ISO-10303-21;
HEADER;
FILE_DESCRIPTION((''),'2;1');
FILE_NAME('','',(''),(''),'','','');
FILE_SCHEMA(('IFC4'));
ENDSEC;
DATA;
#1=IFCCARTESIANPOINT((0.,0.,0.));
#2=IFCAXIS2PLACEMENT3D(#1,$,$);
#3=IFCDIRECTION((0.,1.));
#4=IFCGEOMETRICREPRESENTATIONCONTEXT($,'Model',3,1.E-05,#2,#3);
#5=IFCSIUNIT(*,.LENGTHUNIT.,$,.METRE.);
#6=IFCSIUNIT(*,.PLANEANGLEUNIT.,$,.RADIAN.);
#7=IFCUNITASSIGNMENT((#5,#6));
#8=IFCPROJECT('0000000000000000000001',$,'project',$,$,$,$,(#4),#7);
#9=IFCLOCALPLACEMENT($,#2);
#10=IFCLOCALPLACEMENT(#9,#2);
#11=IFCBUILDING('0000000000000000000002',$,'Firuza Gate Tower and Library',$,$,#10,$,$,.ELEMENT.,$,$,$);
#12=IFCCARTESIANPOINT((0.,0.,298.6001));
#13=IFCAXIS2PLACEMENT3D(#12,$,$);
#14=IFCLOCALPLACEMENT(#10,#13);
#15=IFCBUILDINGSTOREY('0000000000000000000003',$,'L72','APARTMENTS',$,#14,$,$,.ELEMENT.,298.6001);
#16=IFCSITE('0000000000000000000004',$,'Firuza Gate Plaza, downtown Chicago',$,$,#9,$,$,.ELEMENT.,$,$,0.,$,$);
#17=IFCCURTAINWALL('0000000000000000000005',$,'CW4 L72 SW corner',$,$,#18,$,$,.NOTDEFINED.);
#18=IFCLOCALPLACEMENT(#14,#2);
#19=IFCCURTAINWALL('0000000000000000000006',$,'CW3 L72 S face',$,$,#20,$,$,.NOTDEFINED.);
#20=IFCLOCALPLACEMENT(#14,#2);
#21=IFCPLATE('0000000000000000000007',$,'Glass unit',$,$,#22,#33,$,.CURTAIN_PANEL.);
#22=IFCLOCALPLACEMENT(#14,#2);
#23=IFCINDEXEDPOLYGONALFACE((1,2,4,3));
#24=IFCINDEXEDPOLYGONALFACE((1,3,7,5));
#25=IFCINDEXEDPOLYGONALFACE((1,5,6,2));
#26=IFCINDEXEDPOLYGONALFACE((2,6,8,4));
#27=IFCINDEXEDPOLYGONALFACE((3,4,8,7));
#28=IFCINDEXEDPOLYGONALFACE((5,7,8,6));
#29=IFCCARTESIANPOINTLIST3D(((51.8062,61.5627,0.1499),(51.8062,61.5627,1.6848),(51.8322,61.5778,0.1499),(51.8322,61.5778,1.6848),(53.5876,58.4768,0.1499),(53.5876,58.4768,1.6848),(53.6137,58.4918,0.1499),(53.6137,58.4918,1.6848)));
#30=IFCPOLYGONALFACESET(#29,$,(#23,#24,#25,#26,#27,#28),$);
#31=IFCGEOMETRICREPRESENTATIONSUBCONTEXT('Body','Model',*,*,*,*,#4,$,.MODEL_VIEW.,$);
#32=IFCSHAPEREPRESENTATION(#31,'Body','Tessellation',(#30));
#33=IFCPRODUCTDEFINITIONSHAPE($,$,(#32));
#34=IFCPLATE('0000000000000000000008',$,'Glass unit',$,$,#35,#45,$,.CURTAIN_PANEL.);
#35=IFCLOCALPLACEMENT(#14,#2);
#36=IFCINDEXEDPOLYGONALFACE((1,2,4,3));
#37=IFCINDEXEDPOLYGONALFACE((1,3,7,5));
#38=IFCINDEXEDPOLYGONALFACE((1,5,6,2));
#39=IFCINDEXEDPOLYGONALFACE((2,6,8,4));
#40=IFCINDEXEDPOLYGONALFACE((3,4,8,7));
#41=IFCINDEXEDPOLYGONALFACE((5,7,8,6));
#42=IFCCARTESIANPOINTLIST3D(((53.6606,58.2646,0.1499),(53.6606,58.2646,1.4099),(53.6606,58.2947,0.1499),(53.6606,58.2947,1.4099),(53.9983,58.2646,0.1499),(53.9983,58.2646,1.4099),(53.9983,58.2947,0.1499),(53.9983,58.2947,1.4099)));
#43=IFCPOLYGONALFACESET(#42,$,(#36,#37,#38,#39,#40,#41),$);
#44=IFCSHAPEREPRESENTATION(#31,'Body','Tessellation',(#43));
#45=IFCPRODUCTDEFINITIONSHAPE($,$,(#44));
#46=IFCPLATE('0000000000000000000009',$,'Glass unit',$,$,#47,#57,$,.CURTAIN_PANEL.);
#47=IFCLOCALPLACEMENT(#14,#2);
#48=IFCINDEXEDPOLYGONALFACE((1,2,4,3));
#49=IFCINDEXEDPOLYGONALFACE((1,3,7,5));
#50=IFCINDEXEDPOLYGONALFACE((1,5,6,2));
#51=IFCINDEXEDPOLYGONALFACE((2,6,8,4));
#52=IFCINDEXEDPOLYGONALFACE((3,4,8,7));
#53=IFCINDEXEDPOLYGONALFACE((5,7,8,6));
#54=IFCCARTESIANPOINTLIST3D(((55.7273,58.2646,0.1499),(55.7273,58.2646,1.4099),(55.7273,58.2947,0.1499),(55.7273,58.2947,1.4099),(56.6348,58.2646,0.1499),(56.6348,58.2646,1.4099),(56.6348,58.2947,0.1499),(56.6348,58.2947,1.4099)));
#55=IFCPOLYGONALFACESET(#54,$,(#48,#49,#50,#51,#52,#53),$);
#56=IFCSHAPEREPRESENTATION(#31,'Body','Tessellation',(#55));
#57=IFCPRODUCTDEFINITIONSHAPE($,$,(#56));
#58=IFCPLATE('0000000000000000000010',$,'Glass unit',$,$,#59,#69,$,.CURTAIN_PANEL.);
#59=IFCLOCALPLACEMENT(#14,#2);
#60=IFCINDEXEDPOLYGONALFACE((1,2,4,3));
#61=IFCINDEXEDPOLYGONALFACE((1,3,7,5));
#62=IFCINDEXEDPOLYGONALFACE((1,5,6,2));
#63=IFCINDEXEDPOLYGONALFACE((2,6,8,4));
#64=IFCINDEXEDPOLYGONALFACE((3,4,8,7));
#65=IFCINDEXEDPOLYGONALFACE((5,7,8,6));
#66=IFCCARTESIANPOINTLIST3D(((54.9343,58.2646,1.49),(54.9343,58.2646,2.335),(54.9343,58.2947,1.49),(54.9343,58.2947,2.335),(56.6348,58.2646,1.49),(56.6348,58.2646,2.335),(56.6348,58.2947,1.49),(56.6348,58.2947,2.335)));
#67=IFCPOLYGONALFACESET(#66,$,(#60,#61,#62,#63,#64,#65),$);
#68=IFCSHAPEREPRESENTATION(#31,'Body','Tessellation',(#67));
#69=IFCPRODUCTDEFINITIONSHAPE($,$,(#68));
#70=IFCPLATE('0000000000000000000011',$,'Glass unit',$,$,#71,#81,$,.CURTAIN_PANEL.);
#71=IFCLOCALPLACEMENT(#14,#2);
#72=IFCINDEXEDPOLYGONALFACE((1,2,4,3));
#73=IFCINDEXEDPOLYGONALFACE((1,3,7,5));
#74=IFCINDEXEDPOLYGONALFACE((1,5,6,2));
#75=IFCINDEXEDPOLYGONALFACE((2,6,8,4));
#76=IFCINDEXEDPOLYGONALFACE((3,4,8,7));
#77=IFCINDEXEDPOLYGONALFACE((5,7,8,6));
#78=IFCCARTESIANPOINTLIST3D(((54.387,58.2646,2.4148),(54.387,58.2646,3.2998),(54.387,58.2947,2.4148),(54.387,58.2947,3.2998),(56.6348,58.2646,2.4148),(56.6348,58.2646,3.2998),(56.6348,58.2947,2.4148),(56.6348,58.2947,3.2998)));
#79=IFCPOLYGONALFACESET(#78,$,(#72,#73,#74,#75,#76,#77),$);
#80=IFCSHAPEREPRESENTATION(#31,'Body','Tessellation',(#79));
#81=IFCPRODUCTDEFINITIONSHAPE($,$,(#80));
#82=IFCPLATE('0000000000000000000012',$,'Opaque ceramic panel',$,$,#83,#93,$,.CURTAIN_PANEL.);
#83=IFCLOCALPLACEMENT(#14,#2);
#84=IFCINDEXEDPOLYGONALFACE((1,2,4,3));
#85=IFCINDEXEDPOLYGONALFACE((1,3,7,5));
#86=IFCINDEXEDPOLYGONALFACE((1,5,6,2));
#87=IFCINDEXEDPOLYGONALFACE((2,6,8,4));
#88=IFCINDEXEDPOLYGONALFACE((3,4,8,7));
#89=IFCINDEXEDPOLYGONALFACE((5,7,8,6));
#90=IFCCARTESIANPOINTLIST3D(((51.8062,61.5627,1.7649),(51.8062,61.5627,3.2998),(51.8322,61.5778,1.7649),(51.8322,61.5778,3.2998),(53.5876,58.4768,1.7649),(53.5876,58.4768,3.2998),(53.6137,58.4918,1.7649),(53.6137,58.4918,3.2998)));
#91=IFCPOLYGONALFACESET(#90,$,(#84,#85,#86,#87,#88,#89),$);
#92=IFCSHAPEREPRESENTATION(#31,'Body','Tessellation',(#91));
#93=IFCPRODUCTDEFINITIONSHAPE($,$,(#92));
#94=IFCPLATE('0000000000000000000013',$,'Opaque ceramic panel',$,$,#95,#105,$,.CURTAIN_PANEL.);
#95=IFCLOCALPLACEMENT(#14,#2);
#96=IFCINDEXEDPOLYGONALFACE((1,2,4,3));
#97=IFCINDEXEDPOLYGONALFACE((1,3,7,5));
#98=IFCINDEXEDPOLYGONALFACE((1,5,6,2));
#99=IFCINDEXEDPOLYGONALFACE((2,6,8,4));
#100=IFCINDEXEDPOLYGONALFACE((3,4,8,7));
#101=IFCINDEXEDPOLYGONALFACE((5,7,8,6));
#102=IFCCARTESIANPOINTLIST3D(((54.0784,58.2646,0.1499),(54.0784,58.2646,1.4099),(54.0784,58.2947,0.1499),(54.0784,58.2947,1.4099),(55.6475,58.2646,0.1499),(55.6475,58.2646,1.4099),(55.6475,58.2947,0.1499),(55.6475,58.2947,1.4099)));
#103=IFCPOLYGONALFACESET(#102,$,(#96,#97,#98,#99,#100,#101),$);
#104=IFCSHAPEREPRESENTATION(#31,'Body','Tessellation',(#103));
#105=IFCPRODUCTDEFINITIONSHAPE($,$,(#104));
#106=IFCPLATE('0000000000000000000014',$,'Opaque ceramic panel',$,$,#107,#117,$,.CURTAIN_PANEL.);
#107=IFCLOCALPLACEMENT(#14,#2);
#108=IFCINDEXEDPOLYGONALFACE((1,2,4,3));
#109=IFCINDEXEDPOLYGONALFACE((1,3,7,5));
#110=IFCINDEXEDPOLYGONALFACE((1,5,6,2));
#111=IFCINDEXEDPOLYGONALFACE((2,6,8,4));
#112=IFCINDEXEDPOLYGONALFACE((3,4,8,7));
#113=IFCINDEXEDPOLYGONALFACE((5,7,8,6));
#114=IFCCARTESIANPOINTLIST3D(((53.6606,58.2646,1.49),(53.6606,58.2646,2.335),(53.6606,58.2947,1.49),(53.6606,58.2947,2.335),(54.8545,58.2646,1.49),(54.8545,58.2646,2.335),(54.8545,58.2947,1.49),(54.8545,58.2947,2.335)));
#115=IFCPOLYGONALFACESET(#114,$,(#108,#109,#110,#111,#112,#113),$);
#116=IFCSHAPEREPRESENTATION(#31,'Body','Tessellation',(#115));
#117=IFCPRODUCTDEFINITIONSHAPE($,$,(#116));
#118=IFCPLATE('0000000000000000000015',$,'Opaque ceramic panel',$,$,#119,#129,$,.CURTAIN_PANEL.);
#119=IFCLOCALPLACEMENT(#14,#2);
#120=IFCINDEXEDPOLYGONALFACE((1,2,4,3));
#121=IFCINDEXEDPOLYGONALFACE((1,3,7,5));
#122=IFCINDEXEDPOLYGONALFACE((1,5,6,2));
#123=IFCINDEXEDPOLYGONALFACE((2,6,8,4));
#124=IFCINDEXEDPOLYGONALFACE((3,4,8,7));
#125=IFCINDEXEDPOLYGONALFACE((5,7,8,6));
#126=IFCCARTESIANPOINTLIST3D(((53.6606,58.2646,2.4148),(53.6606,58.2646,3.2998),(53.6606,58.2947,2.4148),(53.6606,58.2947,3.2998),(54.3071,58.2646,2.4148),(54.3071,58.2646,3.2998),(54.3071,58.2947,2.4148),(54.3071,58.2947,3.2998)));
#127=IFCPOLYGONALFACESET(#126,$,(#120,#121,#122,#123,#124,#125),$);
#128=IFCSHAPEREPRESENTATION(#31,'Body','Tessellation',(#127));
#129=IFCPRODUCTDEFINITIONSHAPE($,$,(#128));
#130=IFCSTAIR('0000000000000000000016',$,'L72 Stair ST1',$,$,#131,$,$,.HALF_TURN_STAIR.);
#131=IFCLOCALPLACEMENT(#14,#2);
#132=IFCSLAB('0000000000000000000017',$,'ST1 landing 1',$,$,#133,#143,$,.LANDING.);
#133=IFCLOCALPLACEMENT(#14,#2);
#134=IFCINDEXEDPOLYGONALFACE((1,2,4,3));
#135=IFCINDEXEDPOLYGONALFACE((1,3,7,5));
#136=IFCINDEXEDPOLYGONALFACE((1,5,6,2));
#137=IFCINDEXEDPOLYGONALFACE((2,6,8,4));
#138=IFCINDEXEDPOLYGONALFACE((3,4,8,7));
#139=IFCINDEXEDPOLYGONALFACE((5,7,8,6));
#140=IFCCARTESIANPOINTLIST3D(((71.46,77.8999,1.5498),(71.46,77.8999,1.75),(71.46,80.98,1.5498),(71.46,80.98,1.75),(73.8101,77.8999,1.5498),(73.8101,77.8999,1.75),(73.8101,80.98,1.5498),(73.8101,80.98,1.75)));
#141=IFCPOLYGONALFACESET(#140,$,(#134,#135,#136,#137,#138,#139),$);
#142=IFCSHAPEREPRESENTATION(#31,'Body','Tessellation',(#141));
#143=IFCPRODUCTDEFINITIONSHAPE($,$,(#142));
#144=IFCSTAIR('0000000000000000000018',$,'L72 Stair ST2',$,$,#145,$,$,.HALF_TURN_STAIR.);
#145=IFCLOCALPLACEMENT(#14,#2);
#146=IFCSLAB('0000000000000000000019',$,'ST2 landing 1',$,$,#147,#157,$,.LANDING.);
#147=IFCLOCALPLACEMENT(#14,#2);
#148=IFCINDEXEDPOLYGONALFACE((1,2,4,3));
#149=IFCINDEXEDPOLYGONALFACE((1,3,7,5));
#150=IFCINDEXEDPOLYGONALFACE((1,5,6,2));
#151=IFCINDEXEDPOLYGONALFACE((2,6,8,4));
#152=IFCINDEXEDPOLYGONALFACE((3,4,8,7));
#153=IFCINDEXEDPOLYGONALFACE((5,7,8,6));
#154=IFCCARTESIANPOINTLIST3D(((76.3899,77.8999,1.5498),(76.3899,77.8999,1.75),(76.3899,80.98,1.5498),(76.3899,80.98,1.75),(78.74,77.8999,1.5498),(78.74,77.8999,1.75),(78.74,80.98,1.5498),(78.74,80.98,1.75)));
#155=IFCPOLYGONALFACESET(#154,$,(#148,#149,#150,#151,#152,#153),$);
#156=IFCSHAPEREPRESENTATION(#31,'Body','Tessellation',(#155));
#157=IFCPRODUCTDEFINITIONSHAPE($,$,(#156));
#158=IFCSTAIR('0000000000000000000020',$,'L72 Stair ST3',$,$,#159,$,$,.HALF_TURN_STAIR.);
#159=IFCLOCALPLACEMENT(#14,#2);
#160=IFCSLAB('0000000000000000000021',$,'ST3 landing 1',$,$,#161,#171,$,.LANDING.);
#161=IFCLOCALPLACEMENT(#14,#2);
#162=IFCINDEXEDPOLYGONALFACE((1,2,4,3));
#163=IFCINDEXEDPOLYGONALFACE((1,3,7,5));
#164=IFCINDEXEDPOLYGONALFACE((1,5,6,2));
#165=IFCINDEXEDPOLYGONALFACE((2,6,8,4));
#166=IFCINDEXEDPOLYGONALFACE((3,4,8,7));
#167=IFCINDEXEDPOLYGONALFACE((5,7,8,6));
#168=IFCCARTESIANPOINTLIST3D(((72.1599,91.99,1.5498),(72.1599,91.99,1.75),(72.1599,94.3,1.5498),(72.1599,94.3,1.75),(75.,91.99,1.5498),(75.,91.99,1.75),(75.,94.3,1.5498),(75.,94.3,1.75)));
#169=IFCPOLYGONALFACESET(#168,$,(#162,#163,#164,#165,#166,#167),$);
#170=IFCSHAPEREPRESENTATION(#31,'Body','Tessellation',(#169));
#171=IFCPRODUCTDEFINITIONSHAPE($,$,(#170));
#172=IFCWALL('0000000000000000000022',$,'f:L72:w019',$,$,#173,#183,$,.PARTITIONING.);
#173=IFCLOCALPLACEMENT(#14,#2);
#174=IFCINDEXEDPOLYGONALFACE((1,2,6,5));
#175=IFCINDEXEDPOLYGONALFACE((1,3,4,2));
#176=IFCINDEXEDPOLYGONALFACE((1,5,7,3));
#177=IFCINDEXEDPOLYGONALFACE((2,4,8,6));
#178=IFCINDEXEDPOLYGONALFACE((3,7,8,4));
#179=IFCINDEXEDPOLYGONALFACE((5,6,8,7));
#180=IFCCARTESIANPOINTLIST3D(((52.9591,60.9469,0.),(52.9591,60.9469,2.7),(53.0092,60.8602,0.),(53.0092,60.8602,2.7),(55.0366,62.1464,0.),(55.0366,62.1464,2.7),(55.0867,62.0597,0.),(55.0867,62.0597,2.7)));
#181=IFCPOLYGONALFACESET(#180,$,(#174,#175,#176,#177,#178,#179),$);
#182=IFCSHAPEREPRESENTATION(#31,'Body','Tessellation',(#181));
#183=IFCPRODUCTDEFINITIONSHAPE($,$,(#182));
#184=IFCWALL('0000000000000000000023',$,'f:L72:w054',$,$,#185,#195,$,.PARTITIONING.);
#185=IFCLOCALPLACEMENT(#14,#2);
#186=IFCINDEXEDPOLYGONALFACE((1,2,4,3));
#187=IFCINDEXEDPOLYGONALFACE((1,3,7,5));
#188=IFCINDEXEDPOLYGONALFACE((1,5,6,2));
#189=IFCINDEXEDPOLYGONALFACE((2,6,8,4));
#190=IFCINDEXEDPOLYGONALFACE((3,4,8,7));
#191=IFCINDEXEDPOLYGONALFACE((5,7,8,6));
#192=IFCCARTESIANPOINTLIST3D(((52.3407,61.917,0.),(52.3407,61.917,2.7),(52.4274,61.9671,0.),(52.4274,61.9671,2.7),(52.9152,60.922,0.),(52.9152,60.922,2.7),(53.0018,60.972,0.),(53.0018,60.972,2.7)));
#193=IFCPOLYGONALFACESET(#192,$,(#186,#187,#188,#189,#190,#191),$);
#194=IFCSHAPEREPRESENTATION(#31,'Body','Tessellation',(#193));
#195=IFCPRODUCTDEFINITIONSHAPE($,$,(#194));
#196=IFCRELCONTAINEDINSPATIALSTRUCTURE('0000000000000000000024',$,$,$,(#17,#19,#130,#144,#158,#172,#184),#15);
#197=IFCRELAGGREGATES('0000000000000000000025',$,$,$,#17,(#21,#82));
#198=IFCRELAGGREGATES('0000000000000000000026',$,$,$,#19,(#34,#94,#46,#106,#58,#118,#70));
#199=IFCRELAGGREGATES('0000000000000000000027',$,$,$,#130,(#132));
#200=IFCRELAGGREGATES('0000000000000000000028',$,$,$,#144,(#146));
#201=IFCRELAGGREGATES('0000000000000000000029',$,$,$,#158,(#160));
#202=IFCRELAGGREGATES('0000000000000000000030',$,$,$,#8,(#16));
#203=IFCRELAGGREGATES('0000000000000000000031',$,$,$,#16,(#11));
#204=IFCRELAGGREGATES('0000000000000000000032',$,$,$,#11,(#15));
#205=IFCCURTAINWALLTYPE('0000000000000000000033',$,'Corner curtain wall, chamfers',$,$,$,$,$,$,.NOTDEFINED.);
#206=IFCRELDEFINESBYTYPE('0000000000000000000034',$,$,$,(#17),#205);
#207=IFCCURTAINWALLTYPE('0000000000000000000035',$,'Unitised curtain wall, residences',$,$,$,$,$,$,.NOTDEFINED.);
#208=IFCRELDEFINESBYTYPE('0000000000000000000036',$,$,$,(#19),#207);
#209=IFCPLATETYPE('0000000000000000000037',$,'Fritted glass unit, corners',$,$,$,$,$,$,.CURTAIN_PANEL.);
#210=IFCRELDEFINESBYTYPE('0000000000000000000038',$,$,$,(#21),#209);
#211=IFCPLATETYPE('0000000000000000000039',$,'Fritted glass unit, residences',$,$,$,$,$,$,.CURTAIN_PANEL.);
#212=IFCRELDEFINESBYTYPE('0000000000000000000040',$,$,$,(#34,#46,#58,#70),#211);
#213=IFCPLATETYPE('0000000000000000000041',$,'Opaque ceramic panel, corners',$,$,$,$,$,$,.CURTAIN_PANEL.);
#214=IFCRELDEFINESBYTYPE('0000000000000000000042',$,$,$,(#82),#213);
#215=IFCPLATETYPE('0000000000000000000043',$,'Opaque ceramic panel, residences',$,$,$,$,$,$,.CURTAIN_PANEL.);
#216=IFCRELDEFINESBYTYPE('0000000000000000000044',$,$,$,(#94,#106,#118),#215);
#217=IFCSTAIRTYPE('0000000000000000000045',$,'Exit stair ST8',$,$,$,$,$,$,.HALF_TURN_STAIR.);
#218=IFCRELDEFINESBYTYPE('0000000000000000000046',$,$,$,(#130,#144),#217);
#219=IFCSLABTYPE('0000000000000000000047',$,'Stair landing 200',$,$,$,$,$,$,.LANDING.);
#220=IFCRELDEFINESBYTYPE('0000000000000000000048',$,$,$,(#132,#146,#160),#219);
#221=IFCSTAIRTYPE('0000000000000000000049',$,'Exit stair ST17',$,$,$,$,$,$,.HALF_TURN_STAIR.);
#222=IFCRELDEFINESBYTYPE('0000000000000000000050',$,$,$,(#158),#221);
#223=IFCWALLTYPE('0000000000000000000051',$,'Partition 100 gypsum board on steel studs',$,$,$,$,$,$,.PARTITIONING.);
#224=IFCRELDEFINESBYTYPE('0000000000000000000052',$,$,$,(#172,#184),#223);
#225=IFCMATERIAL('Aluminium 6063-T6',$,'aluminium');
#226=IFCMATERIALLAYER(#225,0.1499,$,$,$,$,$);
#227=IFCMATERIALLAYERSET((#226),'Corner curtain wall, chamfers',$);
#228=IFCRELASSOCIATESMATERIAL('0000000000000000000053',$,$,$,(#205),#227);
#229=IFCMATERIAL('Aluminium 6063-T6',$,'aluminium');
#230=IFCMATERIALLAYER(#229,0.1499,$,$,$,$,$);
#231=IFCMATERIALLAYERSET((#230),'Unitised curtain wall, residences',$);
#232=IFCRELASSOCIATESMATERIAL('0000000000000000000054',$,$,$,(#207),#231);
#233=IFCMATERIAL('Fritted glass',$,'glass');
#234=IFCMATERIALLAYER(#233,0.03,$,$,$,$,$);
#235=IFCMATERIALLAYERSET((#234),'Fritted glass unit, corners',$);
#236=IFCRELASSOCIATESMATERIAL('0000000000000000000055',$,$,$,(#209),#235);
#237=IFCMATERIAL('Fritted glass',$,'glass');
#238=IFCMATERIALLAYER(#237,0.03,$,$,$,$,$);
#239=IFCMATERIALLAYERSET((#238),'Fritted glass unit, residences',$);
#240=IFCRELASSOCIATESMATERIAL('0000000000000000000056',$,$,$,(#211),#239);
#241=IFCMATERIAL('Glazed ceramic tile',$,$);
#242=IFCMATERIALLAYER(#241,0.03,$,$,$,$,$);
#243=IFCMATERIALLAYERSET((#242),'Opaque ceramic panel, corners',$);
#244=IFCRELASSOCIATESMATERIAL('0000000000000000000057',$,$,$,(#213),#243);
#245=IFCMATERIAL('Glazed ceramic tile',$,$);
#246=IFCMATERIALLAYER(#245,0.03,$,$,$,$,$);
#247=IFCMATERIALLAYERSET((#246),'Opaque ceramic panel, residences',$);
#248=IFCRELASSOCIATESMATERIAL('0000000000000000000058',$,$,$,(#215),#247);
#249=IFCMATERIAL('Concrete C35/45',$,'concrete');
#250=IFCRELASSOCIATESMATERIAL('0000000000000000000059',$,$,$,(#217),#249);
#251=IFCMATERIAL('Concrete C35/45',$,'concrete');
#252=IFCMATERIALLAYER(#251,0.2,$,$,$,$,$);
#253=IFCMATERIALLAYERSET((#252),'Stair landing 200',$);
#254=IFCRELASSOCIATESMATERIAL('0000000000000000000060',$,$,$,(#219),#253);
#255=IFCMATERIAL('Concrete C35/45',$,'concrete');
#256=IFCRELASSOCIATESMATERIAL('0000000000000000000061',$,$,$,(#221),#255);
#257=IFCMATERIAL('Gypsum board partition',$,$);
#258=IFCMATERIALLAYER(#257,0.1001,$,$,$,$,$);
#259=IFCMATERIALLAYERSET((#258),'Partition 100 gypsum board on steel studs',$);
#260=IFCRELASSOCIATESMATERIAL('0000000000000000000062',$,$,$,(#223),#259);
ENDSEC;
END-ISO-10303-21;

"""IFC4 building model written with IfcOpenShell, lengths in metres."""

from ifc_helpers import new_model, si_unit, direction, frame, frame_2d, origin, place, context, subcontext, project, spatial, polyline, rectangle, outline, extrude, material, layer, layer_set, type_object, element, aggregate, save


model = new_model("IFC4")

# Units and contexts
model_context = context("Model", 3, precision=1e-05, world=origin(), true_north=direction((0.0, 1.0)))
body_context = subcontext(model_context, "Body", "Model", "MODEL_VIEW")
ifc_project = project(units=[si_unit("LENGTHUNIT", "METRE"), si_unit("PLANEANGLEUNIT", "RADIAN")], contexts=[model_context])

# Site, building, storey
site_placement = place(None, origin())
site = spatial("IfcSite", under=ifc_project, at=site_placement, Name="Firuza Gate Plaza, downtown Chicago", CompositionType="ELEMENT", RefElevation=0.0)
building_placement = place(site_placement, origin())
building = spatial("IfcBuilding", under=site, at=building_placement, Name="Firuza Gate Tower and Library", CompositionType="ELEMENT")
storey_placement = place(building_placement, frame((0.0, 0.0, 298.6001)))
storey = spatial("IfcBuildingStorey", under=building, at=storey_placement, Name="L72", Description="APARTMENTS", CompositionType="ELEMENT", Elevation=298.6001)

# Curtain wall
ifc_material_1 = material(Name="Aluminium 6063-T6", Category="aluminium")
ifc_layer_1 = layer(ifc_material_1, 0.1499)
ifc_layer_set_1 = layer_set([ifc_layer_1], Name="Corner curtain wall, chamfers")
curtain_wall_type_1 = type_object("IfcCurtainWallType", Name="Corner curtain wall, chamfers", PredefinedType="NOTDEFINED", material=ifc_layer_set_1)
placement_1 = place(storey_placement, origin())
curtain_wall_1 = element("IfcCurtainWall", 1, at=placement_1, inside=storey, type_object=curtain_wall_type_1, Name="CW4 L72 SW corner", PredefinedType="NOTDEFINED")

# Curtain wall
ifc_material_2 = material(Name="Aluminium 6063-T6", Category="aluminium")
ifc_layer_2 = layer(ifc_material_2, 0.1499)
ifc_layer_set_2 = layer_set([ifc_layer_2], Name="Unitised curtain wall, residences")
curtain_wall_type_2 = type_object("IfcCurtainWallType", Name="Unitised curtain wall, residences", PredefinedType="NOTDEFINED", material=ifc_layer_set_2)
curtain_wall_2 = element("IfcCurtainWall", 2, at=placement_1, inside=storey, type_object=curtain_wall_type_2, Name="CW3 L72 S face", PredefinedType="NOTDEFINED")

# Plates
ifc_material_3 = material(Name="Fritted glass", Category="glass")
ifc_layer_3 = layer(ifc_material_3, 0.03)
ifc_layer_set_3 = layer_set([ifc_layer_3], Name="Fritted glass unit, corners")
plate_type_1 = type_object("IfcPlateType", Name="Fritted glass unit, corners", PredefinedType="CURTAIN_PANEL", material=ifc_layer_set_3)
plate_1_placement = place(storey_placement, frame((51.8062, 61.5627, 0.1499), z_axis=(-0.866046, -0.499964, 0.0), x_axis=(0.499964, -0.866046, 0.0)))
plate_1 = element("IfcPlate", 3, at=plate_1_placement, type_object=plate_type_1, Name="Glass unit", PredefinedType="CURTAIN_PANEL", context=body_context, shape_type="SweptSolid", body=[
    extrude(outline(polyline([(0.0, 0.0), (3.5632, 0.0), (3.5632, 1.5349), (0.0, 1.5349), (0.0, 0.0)])), origin(), (0.0, 0.0, -1.0), 0.03),
])
ifc_material_4 = material(Name="Fritted glass", Category="glass")
ifc_layer_4 = layer(ifc_material_4, 0.03)
ifc_layer_set_4 = layer_set([ifc_layer_4], Name="Fritted glass unit, residences")
plate_type_2 = type_object("IfcPlateType", Name="Fritted glass unit, residences", PredefinedType="CURTAIN_PANEL", material=ifc_layer_set_4)
plate_2_placement = place(storey_placement, frame((53.6606, 58.2646, 0.1499), z_axis=(0.0, -1.0, 0.0), x_axis=(1.0, 0.0, 0.0)))
plate_2 = element("IfcPlate", 4, at=plate_2_placement, type_object=plate_type_2, Name="Glass unit", PredefinedType="CURTAIN_PANEL", context=body_context, shape_type="SweptSolid", body=[
    extrude(outline(polyline([(0.0, 0.0), (0.3376, 0.0), (0.3376, 1.26), (0.0, 1.26), (0.0, 0.0)])), origin(), (0.0, 0.0, -1.0), 0.03),
])
plate_3_placement = place(storey_placement, frame((55.7273, 58.2646, 0.1499), z_axis=(0.0, -1.0, 0.0), x_axis=(1.0, 0.0, 0.0)))
plate_3 = element("IfcPlate", 5, at=plate_3_placement, type_object=plate_type_2, Name="Glass unit", PredefinedType="CURTAIN_PANEL", context=body_context, shape_type="SweptSolid", body=[
    extrude(outline(polyline([(0.0, 0.0), (0.9075, 0.0), (0.9075, 1.26), (0.0, 1.26), (0.0, 0.0)])), origin(), (0.0, 0.0, -1.0), 0.03),
])
plate_4_placement = place(storey_placement, frame((54.9343, 58.2646, 1.49), z_axis=(0.0, -1.0, 0.0), x_axis=(1.0, 0.0, 0.0)))
plate_4 = element("IfcPlate", 6, at=plate_4_placement, type_object=plate_type_2, Name="Glass unit", PredefinedType="CURTAIN_PANEL", context=body_context, shape_type="SweptSolid", body=[
    extrude(outline(polyline([(0.0, 0.0), (1.7004, 0.0), (1.7004, 0.845), (0.0, 0.845), (0.0, 0.0)])), origin(), (0.0, 0.0, -1.0), 0.03),
])
plate_5_placement = place(storey_placement, frame((54.387, 58.2646, 2.4148), z_axis=(0.0, -1.0, 0.0), x_axis=(1.0, 0.0, 0.0)))
plate_5 = element("IfcPlate", 7, at=plate_5_placement, type_object=plate_type_2, Name="Glass unit", PredefinedType="CURTAIN_PANEL", context=body_context, shape_type="SweptSolid", body=[
    extrude(outline(polyline([(0.0, 0.0), (2.2478, 0.0), (2.2478, 0.885), (0.0, 0.885), (0.0, 0.0)])), origin(), (0.0, 0.0, -1.0), 0.03),
])
ifc_material_5 = material(Name="Glazed ceramic tile")
ifc_layer_5 = layer(ifc_material_5, 0.03)
ifc_layer_set_5 = layer_set([ifc_layer_5], Name="Opaque ceramic panel, corners")
plate_type_3 = type_object("IfcPlateType", Name="Opaque ceramic panel, corners", PredefinedType="CURTAIN_PANEL", material=ifc_layer_set_5)
plate_6_placement = place(storey_placement, frame((51.8062, 61.5627, 1.7649), z_axis=(-0.866046, -0.499964, 0.0), x_axis=(0.499964, -0.866046, 0.0)))
plate_6 = element("IfcPlate", 8, at=plate_6_placement, type_object=plate_type_3, Name="Opaque ceramic panel", PredefinedType="CURTAIN_PANEL", context=body_context, shape_type="SweptSolid", body=[
    extrude(outline(polyline([(0.0, 0.0), (3.5632, 0.0), (3.5632, 1.5349), (0.0, 1.5349), (0.0, 0.0)])), origin(), (0.0, 0.0, -1.0), 0.03),
])
aggregate(curtain_wall_1, [plate_1, plate_6])
ifc_material_6 = material(Name="Glazed ceramic tile")
ifc_layer_6 = layer(ifc_material_6, 0.03)
ifc_layer_set_6 = layer_set([ifc_layer_6], Name="Opaque ceramic panel, residences")
plate_type_4 = type_object("IfcPlateType", Name="Opaque ceramic panel, residences", PredefinedType="CURTAIN_PANEL", material=ifc_layer_set_6)
plate_7_placement = place(storey_placement, frame((54.0784, 58.2646, 0.1499), z_axis=(0.0, -1.0, 0.0), x_axis=(1.0, 0.0, 0.0)))
plate_7 = element("IfcPlate", 9, at=plate_7_placement, type_object=plate_type_4, Name="Opaque ceramic panel", PredefinedType="CURTAIN_PANEL", context=body_context, shape_type="SweptSolid", body=[
    extrude(outline(polyline([(0.0, 0.0), (1.5691, 0.0), (1.5691, 1.26), (0.0, 1.26), (0.0, 0.0)])), origin(), (0.0, 0.0, -1.0), 0.03),
])
plate_8_placement = place(storey_placement, frame((53.6606, 58.2646, 1.49), z_axis=(0.0, -1.0, 0.0), x_axis=(1.0, 0.0, 0.0)))
plate_8 = element("IfcPlate", 10, at=plate_8_placement, type_object=plate_type_4, Name="Opaque ceramic panel", PredefinedType="CURTAIN_PANEL", context=body_context, shape_type="SweptSolid", body=[
    extrude(outline(polyline([(0.0, 0.0), (1.1938, 0.0), (1.1938, 0.845), (0.0, 0.845), (0.0, 0.0)])), origin(), (0.0, 0.0, -1.0), 0.03),
])
plate_9_placement = place(storey_placement, frame((53.6606, 58.2646, 2.4148), z_axis=(0.0, -1.0, 0.0), x_axis=(1.0, 0.0, 0.0)))
plate_9 = element("IfcPlate", 11, at=plate_9_placement, type_object=plate_type_4, Name="Opaque ceramic panel", PredefinedType="CURTAIN_PANEL", context=body_context, shape_type="SweptSolid", body=[
    extrude(outline(polyline([(0.0, 0.0), (0.6465, 0.0), (0.6465, 0.885), (0.0, 0.885), (0.0, 0.0)])), origin(), (0.0, 0.0, -1.0), 0.03),
])
aggregate(curtain_wall_2, [plate_2, plate_7, plate_3, plate_8, plate_4, plate_9, plate_5])

# Stairs, slabs
ifc_material_7 = material(Name="Concrete C35/45", Category="concrete")
stair_type_1 = type_object("IfcStairType", Name="Exit stair ST8", PredefinedType="HALF_TURN_STAIR", material=ifc_material_7)
stair_1 = element("IfcStair", 12, at=placement_1, inside=storey, type_object=stair_type_1, Name="L72 Stair ST1", PredefinedType="HALF_TURN_STAIR")
ifc_material_8 = material(Name="Concrete C35/45", Category="concrete")
ifc_layer_7 = layer(ifc_material_8, 0.2)
ifc_layer_set_7 = layer_set([ifc_layer_7], Name="Stair landing 200")
slab_type_1 = type_object("IfcSlabType", Name="Stair landing 200", PredefinedType="LANDING", material=ifc_layer_set_7)
placement_2 = place(storey_placement, frame((0.0, 0.0, 1.5498)))
slab_1 = element("IfcSlab", 13, at=placement_2, type_object=slab_type_1, Name="ST1 landing 1", PredefinedType="LANDING", context=body_context, shape_type="SweptSolid", body=[
    extrude(outline(polyline([(71.46, 77.8999), (73.8101, 77.8999), (73.8101, 80.98), (71.46, 80.98), (71.46, 77.8999)])), origin(), (0.0, 0.0, 1.0), 0.2002),
])
aggregate(stair_1, [slab_1])
stair_2 = element("IfcStair", 14, at=placement_1, inside=storey, type_object=stair_type_1, Name="L72 Stair ST2", PredefinedType="HALF_TURN_STAIR")
slab_2 = element("IfcSlab", 15, at=placement_2, type_object=slab_type_1, Name="ST2 landing 1", PredefinedType="LANDING", context=body_context, shape_type="SweptSolid", body=[
    extrude(outline(polyline([(78.74, 80.98), (76.3899, 80.98), (76.3899, 77.8999), (78.74, 77.8999), (78.74, 80.98)])), origin(), (0.0, 0.0, 1.0), 0.2002),
])
aggregate(stair_2, [slab_2])
ifc_material_9 = material(Name="Concrete C35/45", Category="concrete")
stair_type_2 = type_object("IfcStairType", Name="Exit stair ST17", PredefinedType="HALF_TURN_STAIR", material=ifc_material_9)
stair_3 = element("IfcStair", 16, at=placement_1, inside=storey, type_object=stair_type_2, Name="L72 Stair ST3", PredefinedType="HALF_TURN_STAIR")
slab_3 = element("IfcSlab", 17, at=placement_2, type_object=slab_type_1, Name="ST3 landing 1", PredefinedType="LANDING", context=body_context, shape_type="SweptSolid", body=[
    extrude(outline(polyline([(75.0, 91.99), (75.0, 94.3), (72.1599, 94.3), (72.1599, 91.99), (75.0, 91.99)])), origin(), (0.0, 0.0, 1.0), 0.2002),
])
aggregate(stair_3, [slab_3])

# Walls
ifc_material_10 = material(Name="Gypsum board partition")
ifc_layer_8 = layer(ifc_material_10, 0.1001)
ifc_layer_set_8 = layer_set([ifc_layer_8], Name="Partition 100 gypsum board on steel studs")
wall_type_1 = type_object("IfcWallType", Name="Partition 100 gypsum board on steel studs", PredefinedType="PARTITIONING", material=ifc_layer_set_8)
wall_1_placement = place(storey_placement, frame((52.9841, 60.9036, 0.0), z_axis=(0.0, 0.0, 1.0), x_axis=(0.866011, 0.500025, 0.0)))
element("IfcWall", 18, at=wall_1_placement, inside=storey, type_object=wall_type_1, Name="f:L72:w019", PredefinedType="PARTITIONING", context=body_context, shape_type="SweptSolid", body=[
    extrude(rectangle(XDim=2.3989, YDim=0.1001, at=frame_2d((1.1995, 0.0))), origin(), (0.0, 0.0, 1.0), 2.7),
])
wall_2_placement = place(storey_placement, frame((52.9585, 60.947, 0.0), z_axis=(0.0, 0.0, 1.0), x_axis=(-0.499955, 0.866051, 0.0)))
element("IfcWall", 19, at=wall_2_placement, inside=storey, type_object=wall_type_1, Name="f:L72:w054", PredefinedType="PARTITIONING", context=body_context, shape_type="SweptSolid", body=[
    extrude(rectangle(XDim=1.1489, YDim=0.1001, at=frame_2d((0.5745, 0.0))), origin(), (0.0, 0.0, 1.0), 2.7),
])

save(model, "model.ifc")
